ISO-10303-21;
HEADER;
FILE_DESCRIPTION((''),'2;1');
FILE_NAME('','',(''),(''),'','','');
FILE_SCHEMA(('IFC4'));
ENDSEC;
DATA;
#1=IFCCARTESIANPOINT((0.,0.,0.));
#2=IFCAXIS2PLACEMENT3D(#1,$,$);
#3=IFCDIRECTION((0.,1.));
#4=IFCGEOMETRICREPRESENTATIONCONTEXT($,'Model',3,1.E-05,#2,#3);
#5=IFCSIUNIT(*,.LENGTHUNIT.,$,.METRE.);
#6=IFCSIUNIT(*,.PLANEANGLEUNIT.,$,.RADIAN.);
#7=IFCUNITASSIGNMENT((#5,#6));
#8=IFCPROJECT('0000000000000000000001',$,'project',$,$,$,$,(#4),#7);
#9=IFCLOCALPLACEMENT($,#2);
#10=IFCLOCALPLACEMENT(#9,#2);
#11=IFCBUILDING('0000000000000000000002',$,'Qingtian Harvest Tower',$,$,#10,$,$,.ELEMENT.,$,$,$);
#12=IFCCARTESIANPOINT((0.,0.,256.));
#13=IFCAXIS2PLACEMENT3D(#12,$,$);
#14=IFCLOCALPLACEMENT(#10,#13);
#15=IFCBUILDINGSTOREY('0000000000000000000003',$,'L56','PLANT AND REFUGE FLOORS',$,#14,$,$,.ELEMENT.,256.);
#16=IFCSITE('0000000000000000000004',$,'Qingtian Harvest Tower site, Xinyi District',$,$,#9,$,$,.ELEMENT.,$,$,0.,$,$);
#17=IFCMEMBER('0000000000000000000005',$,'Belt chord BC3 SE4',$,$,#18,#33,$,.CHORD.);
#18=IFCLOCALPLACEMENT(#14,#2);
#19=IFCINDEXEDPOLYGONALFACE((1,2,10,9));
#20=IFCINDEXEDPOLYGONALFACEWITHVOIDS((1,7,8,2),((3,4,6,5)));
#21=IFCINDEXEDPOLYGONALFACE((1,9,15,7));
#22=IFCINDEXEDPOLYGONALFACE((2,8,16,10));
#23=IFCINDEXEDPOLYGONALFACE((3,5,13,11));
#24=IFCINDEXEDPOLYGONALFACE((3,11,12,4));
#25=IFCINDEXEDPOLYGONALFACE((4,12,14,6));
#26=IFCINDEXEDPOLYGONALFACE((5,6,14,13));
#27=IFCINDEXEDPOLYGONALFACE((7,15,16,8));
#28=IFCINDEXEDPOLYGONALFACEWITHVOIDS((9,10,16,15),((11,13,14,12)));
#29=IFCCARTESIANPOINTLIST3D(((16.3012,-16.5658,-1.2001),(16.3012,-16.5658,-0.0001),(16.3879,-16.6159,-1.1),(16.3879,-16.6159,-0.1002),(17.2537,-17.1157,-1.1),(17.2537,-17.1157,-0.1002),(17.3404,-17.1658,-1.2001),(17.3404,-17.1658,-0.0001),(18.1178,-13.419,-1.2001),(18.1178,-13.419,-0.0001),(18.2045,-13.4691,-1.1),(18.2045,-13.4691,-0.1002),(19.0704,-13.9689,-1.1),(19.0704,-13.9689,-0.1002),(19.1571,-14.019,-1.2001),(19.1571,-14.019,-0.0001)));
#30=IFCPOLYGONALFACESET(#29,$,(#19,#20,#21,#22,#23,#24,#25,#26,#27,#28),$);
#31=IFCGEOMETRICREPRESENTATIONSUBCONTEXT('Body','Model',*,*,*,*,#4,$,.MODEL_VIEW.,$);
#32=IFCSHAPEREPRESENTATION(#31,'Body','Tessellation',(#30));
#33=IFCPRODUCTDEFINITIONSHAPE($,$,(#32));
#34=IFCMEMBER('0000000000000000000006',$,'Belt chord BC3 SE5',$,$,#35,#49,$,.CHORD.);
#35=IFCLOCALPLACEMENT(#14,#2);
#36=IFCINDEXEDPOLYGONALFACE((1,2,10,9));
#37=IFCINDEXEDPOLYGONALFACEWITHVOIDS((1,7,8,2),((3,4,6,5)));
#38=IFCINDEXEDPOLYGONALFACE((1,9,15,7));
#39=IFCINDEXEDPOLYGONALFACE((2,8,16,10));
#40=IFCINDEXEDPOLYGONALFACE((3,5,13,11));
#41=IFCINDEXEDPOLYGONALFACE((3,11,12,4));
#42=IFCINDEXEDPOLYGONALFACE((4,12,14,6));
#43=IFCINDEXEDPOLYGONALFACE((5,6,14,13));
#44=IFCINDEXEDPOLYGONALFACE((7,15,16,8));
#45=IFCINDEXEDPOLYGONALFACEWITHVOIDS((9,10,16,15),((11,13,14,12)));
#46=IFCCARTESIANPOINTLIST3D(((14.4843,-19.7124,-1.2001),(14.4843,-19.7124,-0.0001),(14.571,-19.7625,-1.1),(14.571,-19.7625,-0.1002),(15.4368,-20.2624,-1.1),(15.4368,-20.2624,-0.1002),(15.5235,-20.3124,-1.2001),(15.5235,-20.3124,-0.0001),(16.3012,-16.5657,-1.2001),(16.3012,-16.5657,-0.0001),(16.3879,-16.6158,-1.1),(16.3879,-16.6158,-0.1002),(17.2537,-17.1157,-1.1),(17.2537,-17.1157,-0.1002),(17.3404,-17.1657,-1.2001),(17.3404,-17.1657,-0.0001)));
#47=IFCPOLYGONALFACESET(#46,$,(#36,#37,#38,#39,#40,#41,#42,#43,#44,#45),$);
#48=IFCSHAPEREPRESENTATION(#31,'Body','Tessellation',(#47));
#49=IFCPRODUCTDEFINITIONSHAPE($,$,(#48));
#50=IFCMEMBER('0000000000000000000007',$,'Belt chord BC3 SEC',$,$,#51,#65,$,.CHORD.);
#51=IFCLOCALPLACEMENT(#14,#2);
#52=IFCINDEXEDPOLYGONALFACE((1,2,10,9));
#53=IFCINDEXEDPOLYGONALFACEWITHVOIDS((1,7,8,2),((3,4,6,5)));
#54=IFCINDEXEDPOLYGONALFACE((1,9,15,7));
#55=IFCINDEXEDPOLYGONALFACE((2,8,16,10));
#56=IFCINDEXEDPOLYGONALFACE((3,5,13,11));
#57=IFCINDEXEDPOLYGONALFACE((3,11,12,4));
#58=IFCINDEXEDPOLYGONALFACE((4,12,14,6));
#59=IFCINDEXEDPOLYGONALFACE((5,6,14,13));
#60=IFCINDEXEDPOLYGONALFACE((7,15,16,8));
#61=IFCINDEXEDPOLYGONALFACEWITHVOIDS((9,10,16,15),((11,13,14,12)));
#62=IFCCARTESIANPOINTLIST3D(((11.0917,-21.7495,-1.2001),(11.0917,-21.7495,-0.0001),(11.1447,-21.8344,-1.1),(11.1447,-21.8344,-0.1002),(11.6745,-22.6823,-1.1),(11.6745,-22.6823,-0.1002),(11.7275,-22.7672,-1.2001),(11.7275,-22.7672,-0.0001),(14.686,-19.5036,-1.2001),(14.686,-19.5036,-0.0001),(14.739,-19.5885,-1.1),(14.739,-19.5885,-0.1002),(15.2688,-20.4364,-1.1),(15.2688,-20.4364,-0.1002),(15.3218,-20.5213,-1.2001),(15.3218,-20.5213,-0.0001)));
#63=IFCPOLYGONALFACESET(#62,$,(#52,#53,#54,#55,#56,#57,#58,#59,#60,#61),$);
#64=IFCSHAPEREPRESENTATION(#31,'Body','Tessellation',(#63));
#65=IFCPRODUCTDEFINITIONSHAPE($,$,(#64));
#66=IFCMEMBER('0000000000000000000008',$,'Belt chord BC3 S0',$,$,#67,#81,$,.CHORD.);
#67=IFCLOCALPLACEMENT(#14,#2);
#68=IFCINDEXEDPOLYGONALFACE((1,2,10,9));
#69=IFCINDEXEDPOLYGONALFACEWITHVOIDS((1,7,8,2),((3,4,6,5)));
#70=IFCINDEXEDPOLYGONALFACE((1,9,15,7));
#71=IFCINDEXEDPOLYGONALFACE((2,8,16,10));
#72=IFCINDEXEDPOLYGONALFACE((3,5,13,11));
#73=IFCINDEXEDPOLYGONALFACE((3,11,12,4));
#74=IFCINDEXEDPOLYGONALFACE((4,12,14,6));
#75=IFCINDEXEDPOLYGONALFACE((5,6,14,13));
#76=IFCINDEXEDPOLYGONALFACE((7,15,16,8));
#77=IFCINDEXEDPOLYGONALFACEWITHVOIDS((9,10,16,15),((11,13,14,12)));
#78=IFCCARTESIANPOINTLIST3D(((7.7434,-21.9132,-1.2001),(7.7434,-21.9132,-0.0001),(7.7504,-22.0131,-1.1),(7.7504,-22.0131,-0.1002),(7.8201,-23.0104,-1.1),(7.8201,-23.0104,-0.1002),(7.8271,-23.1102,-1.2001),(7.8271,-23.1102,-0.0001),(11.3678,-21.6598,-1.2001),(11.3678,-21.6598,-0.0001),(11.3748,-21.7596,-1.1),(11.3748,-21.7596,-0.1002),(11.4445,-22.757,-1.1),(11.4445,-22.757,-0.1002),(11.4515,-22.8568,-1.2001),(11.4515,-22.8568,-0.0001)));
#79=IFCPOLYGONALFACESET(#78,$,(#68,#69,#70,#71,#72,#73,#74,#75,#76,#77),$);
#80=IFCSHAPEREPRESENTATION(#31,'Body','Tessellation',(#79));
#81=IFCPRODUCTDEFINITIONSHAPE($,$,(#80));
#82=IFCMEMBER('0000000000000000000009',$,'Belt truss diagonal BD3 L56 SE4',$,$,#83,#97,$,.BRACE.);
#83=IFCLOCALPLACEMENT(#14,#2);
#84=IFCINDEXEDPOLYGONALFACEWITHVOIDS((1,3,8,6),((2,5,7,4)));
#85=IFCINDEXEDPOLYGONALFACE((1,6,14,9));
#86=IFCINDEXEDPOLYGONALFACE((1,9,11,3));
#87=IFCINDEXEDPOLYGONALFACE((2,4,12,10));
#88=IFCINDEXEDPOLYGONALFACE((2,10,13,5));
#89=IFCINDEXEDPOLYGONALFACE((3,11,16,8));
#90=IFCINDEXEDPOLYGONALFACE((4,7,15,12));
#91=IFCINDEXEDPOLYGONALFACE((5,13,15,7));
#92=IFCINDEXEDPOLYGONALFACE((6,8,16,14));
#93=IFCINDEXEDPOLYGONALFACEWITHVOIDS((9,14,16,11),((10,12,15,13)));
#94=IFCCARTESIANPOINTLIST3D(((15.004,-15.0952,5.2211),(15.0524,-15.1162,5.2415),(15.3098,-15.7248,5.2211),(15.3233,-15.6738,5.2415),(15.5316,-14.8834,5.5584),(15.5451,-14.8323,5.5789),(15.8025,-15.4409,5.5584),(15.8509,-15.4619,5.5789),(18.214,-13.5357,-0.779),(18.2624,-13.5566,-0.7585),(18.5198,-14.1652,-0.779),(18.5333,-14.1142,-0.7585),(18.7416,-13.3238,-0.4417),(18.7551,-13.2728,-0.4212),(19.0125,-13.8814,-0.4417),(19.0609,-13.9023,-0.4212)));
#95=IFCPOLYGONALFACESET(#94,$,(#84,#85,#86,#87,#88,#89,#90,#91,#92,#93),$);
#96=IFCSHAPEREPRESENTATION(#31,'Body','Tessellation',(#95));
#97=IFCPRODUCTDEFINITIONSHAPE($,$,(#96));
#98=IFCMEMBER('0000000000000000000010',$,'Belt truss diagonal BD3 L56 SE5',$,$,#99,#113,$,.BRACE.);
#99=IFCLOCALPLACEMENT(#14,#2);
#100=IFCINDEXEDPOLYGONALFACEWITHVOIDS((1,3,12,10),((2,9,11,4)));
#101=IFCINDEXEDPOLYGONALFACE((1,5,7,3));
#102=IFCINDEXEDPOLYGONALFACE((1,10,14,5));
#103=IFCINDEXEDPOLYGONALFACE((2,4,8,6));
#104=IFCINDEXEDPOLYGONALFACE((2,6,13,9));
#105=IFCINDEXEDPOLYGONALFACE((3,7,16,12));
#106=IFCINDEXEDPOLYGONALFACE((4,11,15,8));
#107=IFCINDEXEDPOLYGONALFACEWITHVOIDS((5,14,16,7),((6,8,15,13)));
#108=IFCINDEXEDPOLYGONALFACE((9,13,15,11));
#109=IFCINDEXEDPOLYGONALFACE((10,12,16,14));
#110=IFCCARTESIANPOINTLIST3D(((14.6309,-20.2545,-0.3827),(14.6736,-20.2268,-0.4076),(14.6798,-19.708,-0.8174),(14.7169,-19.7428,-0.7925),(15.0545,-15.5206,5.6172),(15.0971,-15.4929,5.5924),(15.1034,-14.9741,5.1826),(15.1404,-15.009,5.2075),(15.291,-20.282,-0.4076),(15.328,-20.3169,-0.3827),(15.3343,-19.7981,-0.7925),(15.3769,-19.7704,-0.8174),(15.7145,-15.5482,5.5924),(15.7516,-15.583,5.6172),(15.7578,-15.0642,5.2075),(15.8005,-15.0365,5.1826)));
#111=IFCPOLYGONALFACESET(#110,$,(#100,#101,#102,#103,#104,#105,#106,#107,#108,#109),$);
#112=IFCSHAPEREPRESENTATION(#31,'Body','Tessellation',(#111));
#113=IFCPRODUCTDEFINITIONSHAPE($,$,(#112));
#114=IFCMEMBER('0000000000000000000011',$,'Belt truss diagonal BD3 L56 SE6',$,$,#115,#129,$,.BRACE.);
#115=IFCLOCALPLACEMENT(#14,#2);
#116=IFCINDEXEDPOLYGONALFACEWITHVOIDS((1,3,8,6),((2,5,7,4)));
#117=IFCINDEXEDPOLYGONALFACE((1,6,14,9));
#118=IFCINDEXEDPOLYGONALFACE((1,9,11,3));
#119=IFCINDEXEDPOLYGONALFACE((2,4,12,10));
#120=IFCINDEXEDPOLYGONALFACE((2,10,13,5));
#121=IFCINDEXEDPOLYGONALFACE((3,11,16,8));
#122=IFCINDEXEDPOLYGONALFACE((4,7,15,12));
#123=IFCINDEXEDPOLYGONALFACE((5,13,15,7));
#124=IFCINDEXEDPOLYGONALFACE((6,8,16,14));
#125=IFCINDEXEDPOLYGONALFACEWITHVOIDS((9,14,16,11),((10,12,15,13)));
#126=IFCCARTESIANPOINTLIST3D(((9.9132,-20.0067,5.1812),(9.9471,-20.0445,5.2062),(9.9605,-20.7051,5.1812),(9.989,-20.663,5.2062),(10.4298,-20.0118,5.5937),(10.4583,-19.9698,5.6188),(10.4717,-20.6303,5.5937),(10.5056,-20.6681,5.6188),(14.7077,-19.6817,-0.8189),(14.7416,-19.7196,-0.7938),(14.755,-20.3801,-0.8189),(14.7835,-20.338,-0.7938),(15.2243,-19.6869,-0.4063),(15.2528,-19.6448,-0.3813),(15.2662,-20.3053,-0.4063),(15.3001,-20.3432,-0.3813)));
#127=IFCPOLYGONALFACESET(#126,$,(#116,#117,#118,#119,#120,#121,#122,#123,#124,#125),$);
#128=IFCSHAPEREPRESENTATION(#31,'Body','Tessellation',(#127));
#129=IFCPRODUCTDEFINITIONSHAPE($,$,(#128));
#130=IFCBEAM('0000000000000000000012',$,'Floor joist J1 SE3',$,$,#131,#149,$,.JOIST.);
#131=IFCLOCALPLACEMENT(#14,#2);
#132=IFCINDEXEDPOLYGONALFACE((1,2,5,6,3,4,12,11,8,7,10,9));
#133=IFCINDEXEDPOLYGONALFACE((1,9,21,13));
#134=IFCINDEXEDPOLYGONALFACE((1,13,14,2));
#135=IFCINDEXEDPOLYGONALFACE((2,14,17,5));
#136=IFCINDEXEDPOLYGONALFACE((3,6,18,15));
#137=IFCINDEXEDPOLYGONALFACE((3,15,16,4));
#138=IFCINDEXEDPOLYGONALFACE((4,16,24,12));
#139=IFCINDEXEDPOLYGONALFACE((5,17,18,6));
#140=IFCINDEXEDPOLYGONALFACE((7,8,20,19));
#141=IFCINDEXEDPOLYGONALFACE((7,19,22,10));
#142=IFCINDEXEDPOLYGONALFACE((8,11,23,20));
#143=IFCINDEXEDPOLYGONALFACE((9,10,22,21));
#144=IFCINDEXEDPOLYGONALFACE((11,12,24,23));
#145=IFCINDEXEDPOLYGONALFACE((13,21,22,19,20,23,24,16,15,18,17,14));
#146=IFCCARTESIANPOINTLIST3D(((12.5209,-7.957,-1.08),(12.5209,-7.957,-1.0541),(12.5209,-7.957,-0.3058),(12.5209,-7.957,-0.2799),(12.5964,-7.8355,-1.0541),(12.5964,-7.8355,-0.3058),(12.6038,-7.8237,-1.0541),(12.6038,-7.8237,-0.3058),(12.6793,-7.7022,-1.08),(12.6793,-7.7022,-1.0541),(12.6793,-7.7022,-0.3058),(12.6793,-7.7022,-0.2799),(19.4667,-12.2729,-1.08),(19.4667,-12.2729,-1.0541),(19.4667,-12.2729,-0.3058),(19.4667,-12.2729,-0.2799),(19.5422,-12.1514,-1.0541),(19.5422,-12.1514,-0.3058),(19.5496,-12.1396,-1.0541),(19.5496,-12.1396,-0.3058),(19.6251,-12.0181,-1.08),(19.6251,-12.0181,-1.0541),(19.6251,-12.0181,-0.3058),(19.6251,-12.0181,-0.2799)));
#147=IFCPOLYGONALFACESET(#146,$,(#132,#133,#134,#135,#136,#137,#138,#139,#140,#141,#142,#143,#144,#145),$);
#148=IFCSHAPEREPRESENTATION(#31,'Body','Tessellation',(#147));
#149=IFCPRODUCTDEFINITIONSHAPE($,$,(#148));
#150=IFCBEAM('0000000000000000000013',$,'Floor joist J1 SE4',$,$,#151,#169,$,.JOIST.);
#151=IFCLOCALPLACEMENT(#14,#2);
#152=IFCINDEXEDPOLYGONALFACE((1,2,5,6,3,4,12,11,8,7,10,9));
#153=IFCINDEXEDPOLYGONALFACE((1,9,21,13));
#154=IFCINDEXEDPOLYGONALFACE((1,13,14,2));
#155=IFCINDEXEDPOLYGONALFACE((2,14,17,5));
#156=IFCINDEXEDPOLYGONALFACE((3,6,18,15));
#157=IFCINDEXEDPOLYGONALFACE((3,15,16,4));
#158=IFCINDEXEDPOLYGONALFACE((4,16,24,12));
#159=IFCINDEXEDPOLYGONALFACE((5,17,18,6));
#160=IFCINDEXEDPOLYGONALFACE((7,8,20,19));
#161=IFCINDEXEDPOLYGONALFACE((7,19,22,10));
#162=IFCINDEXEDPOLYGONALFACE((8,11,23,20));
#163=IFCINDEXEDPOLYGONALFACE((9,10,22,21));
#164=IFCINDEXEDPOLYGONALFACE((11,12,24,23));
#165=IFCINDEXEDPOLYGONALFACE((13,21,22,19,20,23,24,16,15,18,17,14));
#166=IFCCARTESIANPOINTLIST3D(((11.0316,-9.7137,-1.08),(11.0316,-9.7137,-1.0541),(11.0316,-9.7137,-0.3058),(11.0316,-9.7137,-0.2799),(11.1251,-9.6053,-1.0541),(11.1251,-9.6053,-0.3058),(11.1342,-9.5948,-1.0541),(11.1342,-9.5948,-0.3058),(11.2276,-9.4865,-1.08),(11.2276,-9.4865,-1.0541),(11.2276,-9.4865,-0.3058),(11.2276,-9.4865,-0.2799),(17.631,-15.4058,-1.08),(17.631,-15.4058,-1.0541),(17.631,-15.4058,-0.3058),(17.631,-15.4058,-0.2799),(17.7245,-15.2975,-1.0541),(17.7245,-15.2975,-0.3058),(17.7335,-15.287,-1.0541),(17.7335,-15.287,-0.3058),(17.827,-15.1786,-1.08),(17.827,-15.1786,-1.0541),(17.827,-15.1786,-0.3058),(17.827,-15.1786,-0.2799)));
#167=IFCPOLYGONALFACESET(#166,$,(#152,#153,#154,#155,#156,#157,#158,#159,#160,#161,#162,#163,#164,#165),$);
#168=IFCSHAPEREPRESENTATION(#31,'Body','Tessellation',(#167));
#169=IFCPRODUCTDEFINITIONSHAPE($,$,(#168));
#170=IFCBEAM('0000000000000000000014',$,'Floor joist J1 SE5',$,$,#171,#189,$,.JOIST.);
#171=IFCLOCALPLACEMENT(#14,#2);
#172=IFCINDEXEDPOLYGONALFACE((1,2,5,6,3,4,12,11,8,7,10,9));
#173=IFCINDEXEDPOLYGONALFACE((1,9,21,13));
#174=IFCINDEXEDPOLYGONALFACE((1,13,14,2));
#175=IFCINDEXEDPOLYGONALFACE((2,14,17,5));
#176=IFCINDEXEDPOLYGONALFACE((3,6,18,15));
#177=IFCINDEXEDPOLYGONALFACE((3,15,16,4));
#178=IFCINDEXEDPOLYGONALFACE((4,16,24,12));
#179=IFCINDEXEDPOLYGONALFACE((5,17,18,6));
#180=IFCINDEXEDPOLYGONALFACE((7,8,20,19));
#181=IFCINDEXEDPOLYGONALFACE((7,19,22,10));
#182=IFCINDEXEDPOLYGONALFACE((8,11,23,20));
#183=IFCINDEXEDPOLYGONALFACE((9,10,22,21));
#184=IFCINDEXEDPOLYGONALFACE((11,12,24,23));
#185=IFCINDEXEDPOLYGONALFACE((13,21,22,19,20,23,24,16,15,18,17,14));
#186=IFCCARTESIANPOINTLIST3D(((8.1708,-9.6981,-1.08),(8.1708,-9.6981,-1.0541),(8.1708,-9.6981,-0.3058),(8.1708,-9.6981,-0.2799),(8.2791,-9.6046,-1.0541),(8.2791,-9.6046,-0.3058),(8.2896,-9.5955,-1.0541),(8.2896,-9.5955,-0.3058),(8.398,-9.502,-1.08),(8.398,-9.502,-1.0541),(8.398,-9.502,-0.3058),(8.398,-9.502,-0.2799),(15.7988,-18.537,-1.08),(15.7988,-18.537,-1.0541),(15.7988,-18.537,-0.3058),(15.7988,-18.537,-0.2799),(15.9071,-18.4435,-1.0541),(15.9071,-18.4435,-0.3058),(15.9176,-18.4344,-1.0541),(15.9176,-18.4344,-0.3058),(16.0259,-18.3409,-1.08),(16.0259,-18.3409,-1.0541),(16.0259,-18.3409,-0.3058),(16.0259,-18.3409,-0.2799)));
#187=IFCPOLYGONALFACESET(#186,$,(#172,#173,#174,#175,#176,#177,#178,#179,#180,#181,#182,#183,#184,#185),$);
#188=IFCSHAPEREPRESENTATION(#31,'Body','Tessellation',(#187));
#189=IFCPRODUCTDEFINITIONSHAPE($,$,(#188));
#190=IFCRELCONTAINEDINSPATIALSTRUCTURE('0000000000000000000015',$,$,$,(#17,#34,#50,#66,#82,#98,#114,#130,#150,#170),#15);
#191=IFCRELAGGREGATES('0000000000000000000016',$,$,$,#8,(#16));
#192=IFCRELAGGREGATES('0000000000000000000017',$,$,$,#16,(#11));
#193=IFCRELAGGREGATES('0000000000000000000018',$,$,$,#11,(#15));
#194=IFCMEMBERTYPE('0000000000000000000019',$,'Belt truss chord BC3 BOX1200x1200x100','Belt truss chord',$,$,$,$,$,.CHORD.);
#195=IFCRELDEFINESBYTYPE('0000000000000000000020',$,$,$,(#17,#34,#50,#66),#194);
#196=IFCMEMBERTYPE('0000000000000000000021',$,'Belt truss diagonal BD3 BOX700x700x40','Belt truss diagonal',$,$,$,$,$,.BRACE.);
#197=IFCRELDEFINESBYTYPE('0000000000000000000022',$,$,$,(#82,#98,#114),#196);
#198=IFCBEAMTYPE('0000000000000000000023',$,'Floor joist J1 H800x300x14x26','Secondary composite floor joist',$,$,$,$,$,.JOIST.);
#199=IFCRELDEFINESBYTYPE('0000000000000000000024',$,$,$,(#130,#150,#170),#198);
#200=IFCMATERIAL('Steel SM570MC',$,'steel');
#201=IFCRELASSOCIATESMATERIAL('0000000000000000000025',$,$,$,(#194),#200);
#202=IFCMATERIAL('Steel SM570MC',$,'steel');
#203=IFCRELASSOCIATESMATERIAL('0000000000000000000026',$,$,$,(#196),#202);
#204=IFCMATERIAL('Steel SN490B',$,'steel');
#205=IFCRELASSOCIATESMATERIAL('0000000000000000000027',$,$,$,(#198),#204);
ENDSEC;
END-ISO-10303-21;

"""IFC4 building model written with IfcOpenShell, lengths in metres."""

from ifc_helpers import new_model, si_unit, direction, frame, origin, origin_2d, place, context, subcontext, project, spatial, hollow_rectangle, i_section, extrude, material, material_profile, profile_set, type_object, element, save


model = new_model("IFC4")

# Units and contexts
model_context = context("Model", 3, precision=1e-05, world=origin(), true_north=direction((0.0, 1.0)))
body_context = subcontext(model_context, "Body", "Model", "MODEL_VIEW")
ifc_project = project(units=[si_unit("LENGTHUNIT", "METRE"), si_unit("PLANEANGLEUNIT", "RADIAN")], contexts=[model_context])

# Site, building, storey
site_placement = place(None, origin())
site = spatial("IfcSite", under=ifc_project, at=site_placement, Name="Qingtian Harvest Tower site, Xinyi District", CompositionType="ELEMENT", RefElevation=0.0)
building_placement = place(site_placement, origin())
building = spatial("IfcBuilding", under=site, at=building_placement, Name="Qingtian Harvest Tower", CompositionType="ELEMENT")
storey_placement = place(building_placement, frame((0.0, 0.0, 256.0)))
storey = spatial("IfcBuildingStorey", under=building, at=storey_placement, Name="L56", Description="PLANT AND REFUGE FLOORS", CompositionType="ELEMENT", Elevation=256.0)

# Members
ifc_material_1 = material(Name="Steel SM570MC", Category="steel")
ifc_material_profile_1 = material_profile(ifc_material_1, hollow_rectangle(XDim=1.2, YDim=1.2, WallThickness=0.1001, at=origin_2d()), Name="BOX1200x1200x100")
ifc_profile_set_1 = profile_set([ifc_material_profile_1], Name="Steel SM570MC")
member_type_1 = type_object("IfcMemberType", Name="Belt truss chord BC3 BOX1200x1200x100", Description="Belt truss chord", PredefinedType="CHORD", material=ifc_profile_set_1)
for number, where, z_axis, x_axis, name in (
    (1, (18.6375, -13.719, -0.6001), (-0.499976, -0.866039, 0.0), (0.866039, -0.499976, 0.0), "Belt chord BC3 SE4"),
    (2, (16.8208, -16.8657, -0.6001), (-0.500027, -0.86601, 0.0), (0.86601, -0.500027, 0.0), "Belt chord BC3 SE5"),
):
    element("IfcMember", number, at=place(storey_placement, frame(where, z_axis=z_axis, x_axis=x_axis)), inside=storey, type_object=member_type_1, Name=name, PredefinedType="CHORD", context=body_context, shape_type="SweptSolid", body=[
        extrude(hollow_rectangle(XDim=1.2, YDim=1.2, WallThickness=0.1001, at=origin_2d()), origin(), (0.0, 0.0, 1.0), 3.6335),
    ])
member_1_placement = place(storey_placement, frame((15.0039, -20.0125, -0.6001), z_axis=(-0.848057, -0.529906, 0.0), x_axis=(0.529906, -0.848057, 0.0)))
element("IfcMember", 3, at=member_1_placement, inside=storey, type_object=member_type_1, Name="Belt chord BC3 SEC", PredefinedType="CHORD", context=body_context, shape_type="SweptSolid", body=[
    extrude(hollow_rectangle(XDim=1.2, YDim=1.2, WallThickness=0.1001, at=origin_2d()), origin(), (0.0, 0.0, 1.0), 4.2383),
])
member_2_placement = place(storey_placement, frame((11.4097, -22.2583, -0.6001), z_axis=(-0.997565, -0.069748, 0.0), x_axis=(0.069748, -0.997565, 0.0)))
element("IfcMember", 4, at=member_2_placement, inside=storey, type_object=member_type_1, Name="Belt chord BC3 S0", PredefinedType="CHORD", context=body_context, shape_type="SweptSolid", body=[
    extrude(hollow_rectangle(XDim=1.2, YDim=1.2, WallThickness=0.1001, at=origin_2d()), origin(), (0.0, 0.0, 1.0), 3.6333),
])
ifc_material_2 = material(Name="Steel SM570MC", Category="steel")
ifc_material_profile_2 = material_profile(ifc_material_2, hollow_rectangle(XDim=0.7, YDim=0.7, WallThickness=0.04, at=origin_2d()), Name="BOX700x700x40")
ifc_profile_set_2 = profile_set([ifc_material_profile_2], Name="Steel SM570MC")
member_type_2 = type_object("IfcMemberType", Name="Belt truss diagonal BD3 BOX700x700x40", Description="Belt truss diagonal", PredefinedType="BRACE", material=ifc_profile_set_2)
member_3_placement = place(storey_placement, frame((18.6375, -13.719, -0.6001), z_axis=(-0.459806, -0.223398, 0.85946), x_axis=(0.437005, -0.899459, 0.0)))
element("IfcMember", 5, at=member_3_placement, inside=storey, type_object=member_type_2, Name="Belt truss diagonal BD3 L56 SE4", PredefinedType="BRACE", context=body_context, shape_type="SweptSolid", body=[
    extrude(hollow_rectangle(XDim=0.7, YDim=0.7, WallThickness=0.04, at=origin_2d()), origin(), (0.0, 0.0, 1.0), 6.9812),
])
member_4_placement = place(storey_placement, frame((15.4275, -15.2786, 5.3999), z_axis=(-0.055339, -0.618457, -0.783868), x_axis=(0.996021, -0.089123, 0.0)))
element("IfcMember", 6, at=member_4_placement, inside=storey, type_object=member_type_2, Name="Belt truss diagonal BD3 L56 SE5", PredefinedType="BRACE", context=body_context, shape_type="SweptSolid", body=[
    extrude(hollow_rectangle(XDim=0.7, YDim=0.7, WallThickness=0.04, at=origin_2d()), origin(), (0.0, 0.0, 1.0), 7.6543),
])
member_5_placement = place(storey_placement, frame((15.0039, -20.0125, -0.6001), z_axis=(-0.623695, -0.042272, 0.780524), x_axis=(0.067622, -0.997711, 0.0)))
element("IfcMember", 7, at=member_5_placement, inside=storey, type_object=member_type_2, Name="Belt truss diagonal BD3 L56 SE6", PredefinedType="BRACE", context=body_context, shape_type="SweptSolid", body=[
    extrude(hollow_rectangle(XDim=0.7, YDim=0.7, WallThickness=0.04, at=origin_2d()), origin(), (0.0, 0.0, 1.0), 7.6873),
])

# Beams
ifc_material_3 = material(Name="Steel SN490B", Category="steel")
ifc_material_profile_3 = material_profile(ifc_material_3, i_section(OverallWidth=0.3, OverallDepth=0.8, WebThickness=0.0139, FlangeThickness=0.0259, at=origin_2d()), Name="H800x300x14x26")
ifc_profile_set_3 = profile_set([ifc_material_profile_3], Name="Steel SN490B")
beam_type_1 = type_object("IfcBeamType", Name="Floor joist J1 H800x300x14x26", Description="Secondary composite floor joist", PredefinedType="JOIST", material=ifc_profile_set_3)
beam_1_placement = place(storey_placement, frame((19.5459, -12.1455, -0.6799), z_axis=(-0.849381, 0.52778, 0.0), x_axis=(-0.52778, -0.849381, 0.0)))
element("IfcBeam", 8, at=beam_1_placement, inside=storey, type_object=beam_type_1, Name="Floor joist J1 SE3", PredefinedType="JOIST", context=body_context, shape_type="SweptSolid", body=[
    extrude(i_section(OverallWidth=0.3, OverallDepth=0.8, WebThickness=0.0139, FlangeThickness=0.0259, at=origin_2d()), origin(), (0.0, 0.0, 1.0), 8.1775),
])
beam_2_placement = place(storey_placement, frame((17.729, -15.2922, -0.6799), z_axis=(-0.757238, 0.653139, 0.0), x_axis=(-0.653139, -0.757238, 0.0)))
element("IfcBeam", 9, at=beam_2_placement, inside=storey, type_object=beam_type_1, Name="Floor joist J1 SE4", PredefinedType="JOIST", context=body_context, shape_type="SweptSolid", body=[
    extrude(i_section(OverallWidth=0.3, OverallDepth=0.8, WebThickness=0.0139, FlangeThickness=0.0259, at=origin_2d()), origin(), (0.0, 0.0, 1.0), 8.7151),
])
beam_3_placement = place(storey_placement, frame((15.9124, -18.439, -0.6799), z_axis=(-0.653343, 0.757062, 0.0), x_axis=(-0.757062, -0.653343, 0.0)))
element("IfcBeam", 10, at=beam_3_placement, inside=storey, type_object=beam_type_1, Name="Floor joist J1 SE5", PredefinedType="JOIST", context=body_context, shape_type="SweptSolid", body=[
    extrude(i_section(OverallWidth=0.3, OverallDepth=0.8, WebThickness=0.0139, FlangeThickness=0.0259, at=origin_2d()), origin(), (0.0, 0.0, 1.0), 11.6753),
])

save(model, "model.ifc")
